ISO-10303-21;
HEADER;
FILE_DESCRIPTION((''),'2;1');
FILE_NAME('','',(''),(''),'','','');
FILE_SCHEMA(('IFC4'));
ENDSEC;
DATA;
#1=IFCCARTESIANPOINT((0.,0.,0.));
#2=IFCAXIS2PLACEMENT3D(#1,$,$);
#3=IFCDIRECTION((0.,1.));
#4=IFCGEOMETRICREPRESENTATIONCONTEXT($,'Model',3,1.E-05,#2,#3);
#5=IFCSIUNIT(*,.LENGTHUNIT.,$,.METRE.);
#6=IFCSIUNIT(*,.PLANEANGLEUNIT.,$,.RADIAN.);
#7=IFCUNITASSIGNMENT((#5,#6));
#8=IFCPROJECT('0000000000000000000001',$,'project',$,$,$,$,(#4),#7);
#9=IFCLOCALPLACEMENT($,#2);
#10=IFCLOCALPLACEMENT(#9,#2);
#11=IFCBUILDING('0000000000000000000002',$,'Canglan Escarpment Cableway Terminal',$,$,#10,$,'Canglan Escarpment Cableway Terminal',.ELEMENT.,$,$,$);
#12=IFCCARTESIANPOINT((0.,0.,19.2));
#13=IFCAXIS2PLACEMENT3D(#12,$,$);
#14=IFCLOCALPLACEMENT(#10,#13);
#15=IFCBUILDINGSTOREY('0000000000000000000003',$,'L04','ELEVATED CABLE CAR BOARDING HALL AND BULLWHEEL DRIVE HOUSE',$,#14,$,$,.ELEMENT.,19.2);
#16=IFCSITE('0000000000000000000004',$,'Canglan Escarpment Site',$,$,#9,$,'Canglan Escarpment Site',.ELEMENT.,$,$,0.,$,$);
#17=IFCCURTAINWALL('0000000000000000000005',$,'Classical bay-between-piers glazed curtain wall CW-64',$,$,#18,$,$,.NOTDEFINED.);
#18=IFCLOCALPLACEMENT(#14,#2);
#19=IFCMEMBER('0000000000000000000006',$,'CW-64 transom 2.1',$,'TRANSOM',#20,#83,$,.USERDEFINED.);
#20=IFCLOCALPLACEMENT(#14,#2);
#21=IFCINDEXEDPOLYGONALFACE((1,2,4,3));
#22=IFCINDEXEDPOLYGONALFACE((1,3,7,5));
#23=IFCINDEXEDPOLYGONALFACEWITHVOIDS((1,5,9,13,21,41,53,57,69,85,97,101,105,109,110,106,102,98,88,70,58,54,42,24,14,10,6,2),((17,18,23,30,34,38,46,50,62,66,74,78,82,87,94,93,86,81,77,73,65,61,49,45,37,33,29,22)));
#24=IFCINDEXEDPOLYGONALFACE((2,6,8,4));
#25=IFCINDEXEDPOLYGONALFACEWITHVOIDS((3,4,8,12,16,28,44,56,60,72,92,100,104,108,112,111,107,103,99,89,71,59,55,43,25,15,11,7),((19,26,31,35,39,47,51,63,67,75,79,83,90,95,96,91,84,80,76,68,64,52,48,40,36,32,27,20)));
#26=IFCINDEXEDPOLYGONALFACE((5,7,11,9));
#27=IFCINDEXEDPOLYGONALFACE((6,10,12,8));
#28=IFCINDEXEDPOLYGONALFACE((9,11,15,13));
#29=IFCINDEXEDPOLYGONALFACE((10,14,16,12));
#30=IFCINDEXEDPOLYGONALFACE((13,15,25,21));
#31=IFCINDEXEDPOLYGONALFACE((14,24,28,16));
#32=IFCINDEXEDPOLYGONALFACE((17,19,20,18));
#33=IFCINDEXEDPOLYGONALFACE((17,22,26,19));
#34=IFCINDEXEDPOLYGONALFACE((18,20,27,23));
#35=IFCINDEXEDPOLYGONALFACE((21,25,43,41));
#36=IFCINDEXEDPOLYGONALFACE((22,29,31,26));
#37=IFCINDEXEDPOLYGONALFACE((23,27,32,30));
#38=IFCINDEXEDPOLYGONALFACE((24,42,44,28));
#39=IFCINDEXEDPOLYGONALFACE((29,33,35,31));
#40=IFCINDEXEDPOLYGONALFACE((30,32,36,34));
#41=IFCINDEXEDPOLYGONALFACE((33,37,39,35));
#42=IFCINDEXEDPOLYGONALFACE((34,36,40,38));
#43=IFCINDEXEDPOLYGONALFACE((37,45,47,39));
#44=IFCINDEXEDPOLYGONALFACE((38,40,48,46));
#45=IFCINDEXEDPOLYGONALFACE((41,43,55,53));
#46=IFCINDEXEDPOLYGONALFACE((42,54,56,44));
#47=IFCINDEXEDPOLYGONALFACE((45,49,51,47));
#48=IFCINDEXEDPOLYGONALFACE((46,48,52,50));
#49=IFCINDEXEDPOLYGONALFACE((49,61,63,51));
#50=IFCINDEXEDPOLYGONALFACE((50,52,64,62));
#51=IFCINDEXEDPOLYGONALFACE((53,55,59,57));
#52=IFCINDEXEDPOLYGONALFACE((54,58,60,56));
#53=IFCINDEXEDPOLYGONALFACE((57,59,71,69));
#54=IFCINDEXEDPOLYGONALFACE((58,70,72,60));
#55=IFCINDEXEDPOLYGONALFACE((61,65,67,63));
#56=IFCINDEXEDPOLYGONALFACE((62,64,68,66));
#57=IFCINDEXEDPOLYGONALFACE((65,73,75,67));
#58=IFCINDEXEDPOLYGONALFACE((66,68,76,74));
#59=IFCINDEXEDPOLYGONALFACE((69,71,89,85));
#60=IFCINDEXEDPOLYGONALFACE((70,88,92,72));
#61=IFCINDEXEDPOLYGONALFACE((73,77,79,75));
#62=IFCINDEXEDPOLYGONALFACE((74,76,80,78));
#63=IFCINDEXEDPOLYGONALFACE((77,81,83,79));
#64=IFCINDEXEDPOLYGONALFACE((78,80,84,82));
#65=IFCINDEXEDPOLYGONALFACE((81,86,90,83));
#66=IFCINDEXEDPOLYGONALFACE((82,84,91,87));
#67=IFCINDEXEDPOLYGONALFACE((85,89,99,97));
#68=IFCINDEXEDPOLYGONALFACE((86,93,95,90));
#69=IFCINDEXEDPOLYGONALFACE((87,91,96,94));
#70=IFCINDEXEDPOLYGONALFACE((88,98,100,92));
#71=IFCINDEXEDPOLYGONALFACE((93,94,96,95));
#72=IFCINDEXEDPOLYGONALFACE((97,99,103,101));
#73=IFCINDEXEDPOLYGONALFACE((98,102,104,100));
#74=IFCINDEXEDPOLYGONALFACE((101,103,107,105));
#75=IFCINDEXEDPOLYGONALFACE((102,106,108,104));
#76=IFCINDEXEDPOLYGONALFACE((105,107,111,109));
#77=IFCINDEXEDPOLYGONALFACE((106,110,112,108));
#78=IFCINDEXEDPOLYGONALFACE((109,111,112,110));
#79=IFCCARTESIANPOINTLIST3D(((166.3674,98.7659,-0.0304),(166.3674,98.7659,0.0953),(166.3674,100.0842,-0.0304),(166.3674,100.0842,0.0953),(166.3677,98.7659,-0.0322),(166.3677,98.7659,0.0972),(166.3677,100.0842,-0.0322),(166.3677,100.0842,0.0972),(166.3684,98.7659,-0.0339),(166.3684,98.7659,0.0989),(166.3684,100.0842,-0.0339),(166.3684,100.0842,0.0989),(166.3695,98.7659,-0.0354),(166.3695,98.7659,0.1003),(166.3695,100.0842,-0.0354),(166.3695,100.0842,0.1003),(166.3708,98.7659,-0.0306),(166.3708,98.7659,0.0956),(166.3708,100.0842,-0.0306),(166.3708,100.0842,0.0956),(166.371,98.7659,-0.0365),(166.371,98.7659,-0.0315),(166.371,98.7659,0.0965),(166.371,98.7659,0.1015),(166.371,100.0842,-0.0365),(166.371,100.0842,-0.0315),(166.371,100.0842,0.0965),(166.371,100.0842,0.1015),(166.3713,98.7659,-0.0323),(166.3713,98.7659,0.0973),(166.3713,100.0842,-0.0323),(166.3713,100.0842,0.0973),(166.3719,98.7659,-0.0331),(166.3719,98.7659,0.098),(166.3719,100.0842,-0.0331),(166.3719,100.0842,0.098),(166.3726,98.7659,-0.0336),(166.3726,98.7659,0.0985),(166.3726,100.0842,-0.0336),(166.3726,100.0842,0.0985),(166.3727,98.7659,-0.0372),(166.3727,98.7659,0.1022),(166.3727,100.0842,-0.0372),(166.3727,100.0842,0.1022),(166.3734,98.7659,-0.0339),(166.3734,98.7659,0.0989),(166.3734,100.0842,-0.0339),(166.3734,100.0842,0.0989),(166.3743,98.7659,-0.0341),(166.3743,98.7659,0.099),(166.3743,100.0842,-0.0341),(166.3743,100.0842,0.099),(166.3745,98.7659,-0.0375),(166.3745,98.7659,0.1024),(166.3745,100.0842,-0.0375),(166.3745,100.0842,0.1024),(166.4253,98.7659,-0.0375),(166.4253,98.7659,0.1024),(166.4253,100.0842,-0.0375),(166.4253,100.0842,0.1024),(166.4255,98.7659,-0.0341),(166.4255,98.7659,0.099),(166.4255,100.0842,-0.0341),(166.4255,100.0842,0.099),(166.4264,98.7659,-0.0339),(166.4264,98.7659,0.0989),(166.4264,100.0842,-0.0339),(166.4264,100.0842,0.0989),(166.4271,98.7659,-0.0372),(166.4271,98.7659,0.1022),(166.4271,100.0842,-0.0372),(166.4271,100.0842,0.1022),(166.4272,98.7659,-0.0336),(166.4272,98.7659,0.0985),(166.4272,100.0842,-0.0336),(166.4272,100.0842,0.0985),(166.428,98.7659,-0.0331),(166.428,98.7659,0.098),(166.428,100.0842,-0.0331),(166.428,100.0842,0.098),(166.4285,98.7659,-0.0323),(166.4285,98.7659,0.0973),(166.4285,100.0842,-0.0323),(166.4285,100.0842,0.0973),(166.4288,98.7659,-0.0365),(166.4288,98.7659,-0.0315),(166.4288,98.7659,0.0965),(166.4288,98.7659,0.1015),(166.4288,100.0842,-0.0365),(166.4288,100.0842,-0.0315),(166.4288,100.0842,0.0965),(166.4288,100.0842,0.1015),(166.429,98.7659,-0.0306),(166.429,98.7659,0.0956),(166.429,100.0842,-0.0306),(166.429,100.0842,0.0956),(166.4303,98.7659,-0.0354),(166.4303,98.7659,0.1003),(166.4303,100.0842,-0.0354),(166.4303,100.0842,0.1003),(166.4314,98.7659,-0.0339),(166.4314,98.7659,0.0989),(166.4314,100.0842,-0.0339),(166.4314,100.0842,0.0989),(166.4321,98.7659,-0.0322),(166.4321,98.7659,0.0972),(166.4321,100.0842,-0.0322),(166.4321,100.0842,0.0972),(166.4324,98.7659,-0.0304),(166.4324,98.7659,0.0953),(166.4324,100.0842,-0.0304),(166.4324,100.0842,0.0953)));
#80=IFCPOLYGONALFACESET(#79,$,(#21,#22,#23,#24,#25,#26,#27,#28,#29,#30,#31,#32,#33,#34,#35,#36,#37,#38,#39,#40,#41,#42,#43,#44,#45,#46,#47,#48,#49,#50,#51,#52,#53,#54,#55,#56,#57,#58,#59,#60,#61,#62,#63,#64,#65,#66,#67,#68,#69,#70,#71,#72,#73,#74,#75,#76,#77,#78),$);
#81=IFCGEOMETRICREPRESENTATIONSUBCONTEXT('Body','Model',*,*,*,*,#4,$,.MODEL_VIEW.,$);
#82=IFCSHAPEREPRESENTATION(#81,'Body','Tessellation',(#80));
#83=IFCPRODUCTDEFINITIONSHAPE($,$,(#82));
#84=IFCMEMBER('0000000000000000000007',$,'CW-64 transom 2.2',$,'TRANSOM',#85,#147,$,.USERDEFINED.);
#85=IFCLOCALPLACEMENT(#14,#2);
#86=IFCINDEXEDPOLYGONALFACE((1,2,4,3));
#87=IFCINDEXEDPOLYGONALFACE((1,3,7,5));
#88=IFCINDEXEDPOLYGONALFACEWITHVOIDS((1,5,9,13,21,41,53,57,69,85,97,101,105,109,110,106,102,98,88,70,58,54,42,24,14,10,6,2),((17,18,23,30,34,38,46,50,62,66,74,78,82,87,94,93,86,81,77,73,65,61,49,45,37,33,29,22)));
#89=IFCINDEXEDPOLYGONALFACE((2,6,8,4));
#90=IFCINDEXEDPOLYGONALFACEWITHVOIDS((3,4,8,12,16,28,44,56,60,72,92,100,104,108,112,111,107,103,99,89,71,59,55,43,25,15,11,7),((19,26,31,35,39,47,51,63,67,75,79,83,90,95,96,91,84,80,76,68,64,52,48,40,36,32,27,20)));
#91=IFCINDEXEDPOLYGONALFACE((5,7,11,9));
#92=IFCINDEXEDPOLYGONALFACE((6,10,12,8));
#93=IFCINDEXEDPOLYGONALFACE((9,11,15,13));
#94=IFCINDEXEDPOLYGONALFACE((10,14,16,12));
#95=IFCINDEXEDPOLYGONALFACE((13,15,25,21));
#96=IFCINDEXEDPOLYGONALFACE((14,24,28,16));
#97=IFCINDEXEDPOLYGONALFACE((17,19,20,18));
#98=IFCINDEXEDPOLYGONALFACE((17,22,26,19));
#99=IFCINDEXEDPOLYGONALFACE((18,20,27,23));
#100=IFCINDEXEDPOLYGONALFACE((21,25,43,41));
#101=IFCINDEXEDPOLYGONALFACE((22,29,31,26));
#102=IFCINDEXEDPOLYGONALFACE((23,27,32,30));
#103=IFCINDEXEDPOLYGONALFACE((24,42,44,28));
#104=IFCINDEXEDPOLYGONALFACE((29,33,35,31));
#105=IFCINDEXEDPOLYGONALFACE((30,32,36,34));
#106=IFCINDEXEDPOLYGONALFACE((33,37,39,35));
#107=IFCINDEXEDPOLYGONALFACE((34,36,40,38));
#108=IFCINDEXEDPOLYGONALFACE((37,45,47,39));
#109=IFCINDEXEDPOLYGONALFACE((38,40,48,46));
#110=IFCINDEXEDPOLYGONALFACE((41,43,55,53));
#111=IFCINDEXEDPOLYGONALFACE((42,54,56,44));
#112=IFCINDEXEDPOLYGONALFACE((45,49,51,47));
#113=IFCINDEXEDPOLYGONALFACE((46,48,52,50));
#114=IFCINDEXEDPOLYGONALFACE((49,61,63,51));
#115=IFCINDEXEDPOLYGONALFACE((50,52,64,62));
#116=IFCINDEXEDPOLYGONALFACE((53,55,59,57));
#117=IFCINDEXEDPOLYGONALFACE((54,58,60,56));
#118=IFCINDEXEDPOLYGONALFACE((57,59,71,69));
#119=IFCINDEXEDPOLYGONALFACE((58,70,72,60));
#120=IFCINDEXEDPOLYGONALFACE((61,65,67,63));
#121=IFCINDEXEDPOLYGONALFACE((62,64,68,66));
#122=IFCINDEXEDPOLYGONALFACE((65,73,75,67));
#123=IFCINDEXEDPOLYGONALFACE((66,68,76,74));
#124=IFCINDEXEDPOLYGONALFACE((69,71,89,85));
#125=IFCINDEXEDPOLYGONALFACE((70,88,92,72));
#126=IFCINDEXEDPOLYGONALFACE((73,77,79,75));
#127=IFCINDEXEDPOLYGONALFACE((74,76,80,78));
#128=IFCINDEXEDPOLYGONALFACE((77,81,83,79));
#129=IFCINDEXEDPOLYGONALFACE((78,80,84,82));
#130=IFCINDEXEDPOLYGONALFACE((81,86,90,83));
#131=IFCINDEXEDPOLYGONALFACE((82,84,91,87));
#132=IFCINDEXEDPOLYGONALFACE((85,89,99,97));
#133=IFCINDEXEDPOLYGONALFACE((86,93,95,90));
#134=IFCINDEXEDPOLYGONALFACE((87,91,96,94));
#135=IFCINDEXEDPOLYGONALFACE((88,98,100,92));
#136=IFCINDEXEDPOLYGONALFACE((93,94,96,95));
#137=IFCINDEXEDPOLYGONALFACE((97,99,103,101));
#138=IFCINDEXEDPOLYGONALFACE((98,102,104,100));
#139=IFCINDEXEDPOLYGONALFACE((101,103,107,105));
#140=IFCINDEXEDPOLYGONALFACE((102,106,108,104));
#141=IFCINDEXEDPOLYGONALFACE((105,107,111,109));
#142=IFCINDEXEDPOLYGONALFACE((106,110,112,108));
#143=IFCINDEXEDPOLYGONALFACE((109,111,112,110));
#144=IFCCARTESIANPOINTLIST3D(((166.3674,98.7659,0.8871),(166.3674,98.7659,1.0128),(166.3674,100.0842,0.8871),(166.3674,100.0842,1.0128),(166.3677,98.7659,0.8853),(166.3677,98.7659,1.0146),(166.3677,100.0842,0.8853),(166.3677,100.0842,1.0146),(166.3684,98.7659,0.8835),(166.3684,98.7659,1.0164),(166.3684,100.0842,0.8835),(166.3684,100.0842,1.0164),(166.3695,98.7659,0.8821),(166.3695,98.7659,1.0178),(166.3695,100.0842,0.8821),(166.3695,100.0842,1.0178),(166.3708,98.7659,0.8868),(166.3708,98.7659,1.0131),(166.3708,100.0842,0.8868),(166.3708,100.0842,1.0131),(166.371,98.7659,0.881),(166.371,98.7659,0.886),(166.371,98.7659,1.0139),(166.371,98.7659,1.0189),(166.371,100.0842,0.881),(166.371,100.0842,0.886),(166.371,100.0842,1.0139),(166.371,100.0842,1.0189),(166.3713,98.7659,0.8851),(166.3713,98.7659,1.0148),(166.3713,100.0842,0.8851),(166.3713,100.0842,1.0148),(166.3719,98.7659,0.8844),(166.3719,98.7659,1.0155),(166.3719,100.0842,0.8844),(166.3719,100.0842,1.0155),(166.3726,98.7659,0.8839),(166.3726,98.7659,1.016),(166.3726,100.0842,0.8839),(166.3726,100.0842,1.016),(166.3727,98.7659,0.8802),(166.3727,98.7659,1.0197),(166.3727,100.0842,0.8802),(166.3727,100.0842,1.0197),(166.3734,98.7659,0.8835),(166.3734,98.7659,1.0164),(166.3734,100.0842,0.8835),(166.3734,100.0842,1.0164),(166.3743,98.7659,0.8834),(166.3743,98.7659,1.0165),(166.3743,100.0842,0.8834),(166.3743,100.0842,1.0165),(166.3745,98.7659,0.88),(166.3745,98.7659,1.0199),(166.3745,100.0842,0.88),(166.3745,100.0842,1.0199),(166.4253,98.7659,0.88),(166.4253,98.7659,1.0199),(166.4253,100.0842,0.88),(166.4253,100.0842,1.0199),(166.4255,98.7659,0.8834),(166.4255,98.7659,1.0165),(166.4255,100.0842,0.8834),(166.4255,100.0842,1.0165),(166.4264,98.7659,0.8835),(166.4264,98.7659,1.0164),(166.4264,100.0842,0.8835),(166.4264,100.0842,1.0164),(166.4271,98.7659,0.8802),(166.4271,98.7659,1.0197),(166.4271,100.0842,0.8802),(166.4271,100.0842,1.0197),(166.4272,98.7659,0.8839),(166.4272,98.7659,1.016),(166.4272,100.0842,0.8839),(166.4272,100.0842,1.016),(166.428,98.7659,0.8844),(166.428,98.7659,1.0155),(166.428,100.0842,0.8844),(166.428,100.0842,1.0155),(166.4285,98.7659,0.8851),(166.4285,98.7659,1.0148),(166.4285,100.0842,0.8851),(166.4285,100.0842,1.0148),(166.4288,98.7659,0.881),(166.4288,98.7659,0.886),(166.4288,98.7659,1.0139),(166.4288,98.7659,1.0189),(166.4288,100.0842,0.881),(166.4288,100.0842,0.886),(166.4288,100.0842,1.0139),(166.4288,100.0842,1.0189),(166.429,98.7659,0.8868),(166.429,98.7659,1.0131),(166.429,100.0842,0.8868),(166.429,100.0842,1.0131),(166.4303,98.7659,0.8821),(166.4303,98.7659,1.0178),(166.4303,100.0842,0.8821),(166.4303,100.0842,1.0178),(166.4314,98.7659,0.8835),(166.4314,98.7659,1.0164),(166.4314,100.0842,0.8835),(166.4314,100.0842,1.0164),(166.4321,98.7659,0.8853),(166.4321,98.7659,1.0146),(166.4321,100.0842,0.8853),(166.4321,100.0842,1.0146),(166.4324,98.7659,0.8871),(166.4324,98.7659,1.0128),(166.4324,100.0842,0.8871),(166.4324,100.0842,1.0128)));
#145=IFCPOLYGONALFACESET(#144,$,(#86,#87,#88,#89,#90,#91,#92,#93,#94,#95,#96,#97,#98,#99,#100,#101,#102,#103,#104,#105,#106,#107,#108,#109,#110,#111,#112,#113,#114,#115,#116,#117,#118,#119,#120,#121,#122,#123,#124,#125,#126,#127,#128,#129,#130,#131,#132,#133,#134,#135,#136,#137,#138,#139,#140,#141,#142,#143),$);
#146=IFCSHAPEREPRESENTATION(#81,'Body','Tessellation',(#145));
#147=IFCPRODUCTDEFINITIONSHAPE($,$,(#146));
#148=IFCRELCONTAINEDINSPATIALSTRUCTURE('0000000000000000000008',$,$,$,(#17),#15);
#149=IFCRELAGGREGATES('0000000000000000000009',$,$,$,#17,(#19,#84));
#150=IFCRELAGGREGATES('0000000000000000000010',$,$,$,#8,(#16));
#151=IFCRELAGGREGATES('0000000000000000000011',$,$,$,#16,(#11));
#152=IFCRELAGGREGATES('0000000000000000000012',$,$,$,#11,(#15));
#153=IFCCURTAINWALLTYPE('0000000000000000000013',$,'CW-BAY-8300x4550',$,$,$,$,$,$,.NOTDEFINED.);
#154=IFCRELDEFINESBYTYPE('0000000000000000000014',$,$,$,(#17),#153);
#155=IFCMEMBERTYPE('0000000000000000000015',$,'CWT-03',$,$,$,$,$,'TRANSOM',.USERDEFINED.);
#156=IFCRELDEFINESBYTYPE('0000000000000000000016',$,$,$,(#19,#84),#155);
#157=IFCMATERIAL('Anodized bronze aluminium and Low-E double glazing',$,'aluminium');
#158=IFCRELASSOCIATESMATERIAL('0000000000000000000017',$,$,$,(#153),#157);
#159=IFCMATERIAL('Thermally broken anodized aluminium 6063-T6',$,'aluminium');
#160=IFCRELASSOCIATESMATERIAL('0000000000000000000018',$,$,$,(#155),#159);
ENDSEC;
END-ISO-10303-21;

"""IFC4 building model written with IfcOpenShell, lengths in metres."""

from ifc_helpers import new_model, si_unit, direction, frame, origin, origin_2d, place, context, subcontext, project, spatial, hollow_rectangle, extrude, material, material_profile, profile_set, type_object, element, aggregate, save


model = new_model("IFC4")

# Units and contexts
model_context = context("Model", 3, precision=1e-05, world=origin(), true_north=direction((0.0, 1.0)))
body_context = subcontext(model_context, "Body", "Model", "MODEL_VIEW")
ifc_project = project(units=[si_unit("LENGTHUNIT", "METRE"), si_unit("PLANEANGLEUNIT", "RADIAN")], contexts=[model_context])

# Site, building, storey
site_placement = place(None, origin())
site = spatial("IfcSite", under=ifc_project, at=site_placement, Name="Canglan Escarpment Site", LongName="Canglan Escarpment Site", CompositionType="ELEMENT", RefElevation=0.0)
building_placement = place(site_placement, origin())
building = spatial("IfcBuilding", under=site, at=building_placement, Name="Canglan Escarpment Cableway Terminal", LongName="Canglan Escarpment Cableway Terminal", CompositionType="ELEMENT")
storey_placement = place(building_placement, frame((0.0, 0.0, 19.2)))
storey = spatial("IfcBuildingStorey", under=building, at=storey_placement, Name="L04", Description="ELEVATED CABLE CAR BOARDING HALL AND BULLWHEEL DRIVE HOUSE", CompositionType="ELEMENT", Elevation=19.2)

# Curtain wall, members
ifc_material_1 = material(Name="Anodized bronze aluminium and Low-E double glazing", Category="aluminium")
curtain_wall_type = type_object("IfcCurtainWallType", Name="CW-BAY-8300x4550", PredefinedType="NOTDEFINED", material=ifc_material_1)
curtain_wall_placement = place(storey_placement, origin())
curtain_wall = element("IfcCurtainWall", 1, at=curtain_wall_placement, inside=storey, type_object=curtain_wall_type, Name="Classical bay-between-piers glazed curtain wall CW-64", PredefinedType="NOTDEFINED")
ifc_material_2 = material(Name="Thermally broken anodized aluminium 6063-T6", Category="aluminium")
ifc_material_profile_1 = material_profile(ifc_material_2, hollow_rectangle(XDim=0.0649, YDim=0.1399, WallThickness=0.0034, InnerFilletRadius=0.0034, OuterFilletRadius=0.0071, at=origin_2d()), Name="ALU-TRAN 65x140x3.5")
ifc_profile_set_1 = profile_set([ifc_material_profile_1], Name="Thermally broken anodized aluminium 6063-T6")
member_type_1 = type_object("IfcMemberType", Name="CWT-03", ElementType="TRANSOM", PredefinedType="USERDEFINED", material=ifc_profile_set_1)
member_1_placement = place(storey_placement, frame((166.3999, 98.7659, 0.0325), z_axis=(0.0, 1.0, 0.0), x_axis=(-1.0, 0.0, 0.0)))
member_1 = element("IfcMember", 2, at=member_1_placement, type_object=member_type_1, Name="CW-64 transom 2.1", ObjectType="TRANSOM", PredefinedType="USERDEFINED", context=body_context, shape_type="SweptSolid", body=[
    extrude(hollow_rectangle(XDim=0.0649, YDim=0.1399, WallThickness=0.0034, InnerFilletRadius=0.0034, OuterFilletRadius=0.0071, at=origin_2d()), origin(), (0.0, 0.0, 1.0), 1.3184),
])
member_2_placement = place(storey_placement, frame((166.3999, 98.7659, 0.95), z_axis=(0.0, 1.0, 0.0), x_axis=(-1.0, 0.0, 0.0)))
member_2 = element("IfcMember", 3, at=member_2_placement, type_object=member_type_1, Name="CW-64 transom 2.2", ObjectType="TRANSOM", PredefinedType="USERDEFINED", context=body_context, shape_type="SweptSolid", body=[
    extrude(hollow_rectangle(XDim=0.0649, YDim=0.1399, WallThickness=0.0034, InnerFilletRadius=0.0034, OuterFilletRadius=0.0071, at=origin_2d()), origin(), (0.0, 0.0, 1.0), 1.3184),
])
aggregate(curtain_wall, [member_1, member_2])

save(model, "model.ifc")
